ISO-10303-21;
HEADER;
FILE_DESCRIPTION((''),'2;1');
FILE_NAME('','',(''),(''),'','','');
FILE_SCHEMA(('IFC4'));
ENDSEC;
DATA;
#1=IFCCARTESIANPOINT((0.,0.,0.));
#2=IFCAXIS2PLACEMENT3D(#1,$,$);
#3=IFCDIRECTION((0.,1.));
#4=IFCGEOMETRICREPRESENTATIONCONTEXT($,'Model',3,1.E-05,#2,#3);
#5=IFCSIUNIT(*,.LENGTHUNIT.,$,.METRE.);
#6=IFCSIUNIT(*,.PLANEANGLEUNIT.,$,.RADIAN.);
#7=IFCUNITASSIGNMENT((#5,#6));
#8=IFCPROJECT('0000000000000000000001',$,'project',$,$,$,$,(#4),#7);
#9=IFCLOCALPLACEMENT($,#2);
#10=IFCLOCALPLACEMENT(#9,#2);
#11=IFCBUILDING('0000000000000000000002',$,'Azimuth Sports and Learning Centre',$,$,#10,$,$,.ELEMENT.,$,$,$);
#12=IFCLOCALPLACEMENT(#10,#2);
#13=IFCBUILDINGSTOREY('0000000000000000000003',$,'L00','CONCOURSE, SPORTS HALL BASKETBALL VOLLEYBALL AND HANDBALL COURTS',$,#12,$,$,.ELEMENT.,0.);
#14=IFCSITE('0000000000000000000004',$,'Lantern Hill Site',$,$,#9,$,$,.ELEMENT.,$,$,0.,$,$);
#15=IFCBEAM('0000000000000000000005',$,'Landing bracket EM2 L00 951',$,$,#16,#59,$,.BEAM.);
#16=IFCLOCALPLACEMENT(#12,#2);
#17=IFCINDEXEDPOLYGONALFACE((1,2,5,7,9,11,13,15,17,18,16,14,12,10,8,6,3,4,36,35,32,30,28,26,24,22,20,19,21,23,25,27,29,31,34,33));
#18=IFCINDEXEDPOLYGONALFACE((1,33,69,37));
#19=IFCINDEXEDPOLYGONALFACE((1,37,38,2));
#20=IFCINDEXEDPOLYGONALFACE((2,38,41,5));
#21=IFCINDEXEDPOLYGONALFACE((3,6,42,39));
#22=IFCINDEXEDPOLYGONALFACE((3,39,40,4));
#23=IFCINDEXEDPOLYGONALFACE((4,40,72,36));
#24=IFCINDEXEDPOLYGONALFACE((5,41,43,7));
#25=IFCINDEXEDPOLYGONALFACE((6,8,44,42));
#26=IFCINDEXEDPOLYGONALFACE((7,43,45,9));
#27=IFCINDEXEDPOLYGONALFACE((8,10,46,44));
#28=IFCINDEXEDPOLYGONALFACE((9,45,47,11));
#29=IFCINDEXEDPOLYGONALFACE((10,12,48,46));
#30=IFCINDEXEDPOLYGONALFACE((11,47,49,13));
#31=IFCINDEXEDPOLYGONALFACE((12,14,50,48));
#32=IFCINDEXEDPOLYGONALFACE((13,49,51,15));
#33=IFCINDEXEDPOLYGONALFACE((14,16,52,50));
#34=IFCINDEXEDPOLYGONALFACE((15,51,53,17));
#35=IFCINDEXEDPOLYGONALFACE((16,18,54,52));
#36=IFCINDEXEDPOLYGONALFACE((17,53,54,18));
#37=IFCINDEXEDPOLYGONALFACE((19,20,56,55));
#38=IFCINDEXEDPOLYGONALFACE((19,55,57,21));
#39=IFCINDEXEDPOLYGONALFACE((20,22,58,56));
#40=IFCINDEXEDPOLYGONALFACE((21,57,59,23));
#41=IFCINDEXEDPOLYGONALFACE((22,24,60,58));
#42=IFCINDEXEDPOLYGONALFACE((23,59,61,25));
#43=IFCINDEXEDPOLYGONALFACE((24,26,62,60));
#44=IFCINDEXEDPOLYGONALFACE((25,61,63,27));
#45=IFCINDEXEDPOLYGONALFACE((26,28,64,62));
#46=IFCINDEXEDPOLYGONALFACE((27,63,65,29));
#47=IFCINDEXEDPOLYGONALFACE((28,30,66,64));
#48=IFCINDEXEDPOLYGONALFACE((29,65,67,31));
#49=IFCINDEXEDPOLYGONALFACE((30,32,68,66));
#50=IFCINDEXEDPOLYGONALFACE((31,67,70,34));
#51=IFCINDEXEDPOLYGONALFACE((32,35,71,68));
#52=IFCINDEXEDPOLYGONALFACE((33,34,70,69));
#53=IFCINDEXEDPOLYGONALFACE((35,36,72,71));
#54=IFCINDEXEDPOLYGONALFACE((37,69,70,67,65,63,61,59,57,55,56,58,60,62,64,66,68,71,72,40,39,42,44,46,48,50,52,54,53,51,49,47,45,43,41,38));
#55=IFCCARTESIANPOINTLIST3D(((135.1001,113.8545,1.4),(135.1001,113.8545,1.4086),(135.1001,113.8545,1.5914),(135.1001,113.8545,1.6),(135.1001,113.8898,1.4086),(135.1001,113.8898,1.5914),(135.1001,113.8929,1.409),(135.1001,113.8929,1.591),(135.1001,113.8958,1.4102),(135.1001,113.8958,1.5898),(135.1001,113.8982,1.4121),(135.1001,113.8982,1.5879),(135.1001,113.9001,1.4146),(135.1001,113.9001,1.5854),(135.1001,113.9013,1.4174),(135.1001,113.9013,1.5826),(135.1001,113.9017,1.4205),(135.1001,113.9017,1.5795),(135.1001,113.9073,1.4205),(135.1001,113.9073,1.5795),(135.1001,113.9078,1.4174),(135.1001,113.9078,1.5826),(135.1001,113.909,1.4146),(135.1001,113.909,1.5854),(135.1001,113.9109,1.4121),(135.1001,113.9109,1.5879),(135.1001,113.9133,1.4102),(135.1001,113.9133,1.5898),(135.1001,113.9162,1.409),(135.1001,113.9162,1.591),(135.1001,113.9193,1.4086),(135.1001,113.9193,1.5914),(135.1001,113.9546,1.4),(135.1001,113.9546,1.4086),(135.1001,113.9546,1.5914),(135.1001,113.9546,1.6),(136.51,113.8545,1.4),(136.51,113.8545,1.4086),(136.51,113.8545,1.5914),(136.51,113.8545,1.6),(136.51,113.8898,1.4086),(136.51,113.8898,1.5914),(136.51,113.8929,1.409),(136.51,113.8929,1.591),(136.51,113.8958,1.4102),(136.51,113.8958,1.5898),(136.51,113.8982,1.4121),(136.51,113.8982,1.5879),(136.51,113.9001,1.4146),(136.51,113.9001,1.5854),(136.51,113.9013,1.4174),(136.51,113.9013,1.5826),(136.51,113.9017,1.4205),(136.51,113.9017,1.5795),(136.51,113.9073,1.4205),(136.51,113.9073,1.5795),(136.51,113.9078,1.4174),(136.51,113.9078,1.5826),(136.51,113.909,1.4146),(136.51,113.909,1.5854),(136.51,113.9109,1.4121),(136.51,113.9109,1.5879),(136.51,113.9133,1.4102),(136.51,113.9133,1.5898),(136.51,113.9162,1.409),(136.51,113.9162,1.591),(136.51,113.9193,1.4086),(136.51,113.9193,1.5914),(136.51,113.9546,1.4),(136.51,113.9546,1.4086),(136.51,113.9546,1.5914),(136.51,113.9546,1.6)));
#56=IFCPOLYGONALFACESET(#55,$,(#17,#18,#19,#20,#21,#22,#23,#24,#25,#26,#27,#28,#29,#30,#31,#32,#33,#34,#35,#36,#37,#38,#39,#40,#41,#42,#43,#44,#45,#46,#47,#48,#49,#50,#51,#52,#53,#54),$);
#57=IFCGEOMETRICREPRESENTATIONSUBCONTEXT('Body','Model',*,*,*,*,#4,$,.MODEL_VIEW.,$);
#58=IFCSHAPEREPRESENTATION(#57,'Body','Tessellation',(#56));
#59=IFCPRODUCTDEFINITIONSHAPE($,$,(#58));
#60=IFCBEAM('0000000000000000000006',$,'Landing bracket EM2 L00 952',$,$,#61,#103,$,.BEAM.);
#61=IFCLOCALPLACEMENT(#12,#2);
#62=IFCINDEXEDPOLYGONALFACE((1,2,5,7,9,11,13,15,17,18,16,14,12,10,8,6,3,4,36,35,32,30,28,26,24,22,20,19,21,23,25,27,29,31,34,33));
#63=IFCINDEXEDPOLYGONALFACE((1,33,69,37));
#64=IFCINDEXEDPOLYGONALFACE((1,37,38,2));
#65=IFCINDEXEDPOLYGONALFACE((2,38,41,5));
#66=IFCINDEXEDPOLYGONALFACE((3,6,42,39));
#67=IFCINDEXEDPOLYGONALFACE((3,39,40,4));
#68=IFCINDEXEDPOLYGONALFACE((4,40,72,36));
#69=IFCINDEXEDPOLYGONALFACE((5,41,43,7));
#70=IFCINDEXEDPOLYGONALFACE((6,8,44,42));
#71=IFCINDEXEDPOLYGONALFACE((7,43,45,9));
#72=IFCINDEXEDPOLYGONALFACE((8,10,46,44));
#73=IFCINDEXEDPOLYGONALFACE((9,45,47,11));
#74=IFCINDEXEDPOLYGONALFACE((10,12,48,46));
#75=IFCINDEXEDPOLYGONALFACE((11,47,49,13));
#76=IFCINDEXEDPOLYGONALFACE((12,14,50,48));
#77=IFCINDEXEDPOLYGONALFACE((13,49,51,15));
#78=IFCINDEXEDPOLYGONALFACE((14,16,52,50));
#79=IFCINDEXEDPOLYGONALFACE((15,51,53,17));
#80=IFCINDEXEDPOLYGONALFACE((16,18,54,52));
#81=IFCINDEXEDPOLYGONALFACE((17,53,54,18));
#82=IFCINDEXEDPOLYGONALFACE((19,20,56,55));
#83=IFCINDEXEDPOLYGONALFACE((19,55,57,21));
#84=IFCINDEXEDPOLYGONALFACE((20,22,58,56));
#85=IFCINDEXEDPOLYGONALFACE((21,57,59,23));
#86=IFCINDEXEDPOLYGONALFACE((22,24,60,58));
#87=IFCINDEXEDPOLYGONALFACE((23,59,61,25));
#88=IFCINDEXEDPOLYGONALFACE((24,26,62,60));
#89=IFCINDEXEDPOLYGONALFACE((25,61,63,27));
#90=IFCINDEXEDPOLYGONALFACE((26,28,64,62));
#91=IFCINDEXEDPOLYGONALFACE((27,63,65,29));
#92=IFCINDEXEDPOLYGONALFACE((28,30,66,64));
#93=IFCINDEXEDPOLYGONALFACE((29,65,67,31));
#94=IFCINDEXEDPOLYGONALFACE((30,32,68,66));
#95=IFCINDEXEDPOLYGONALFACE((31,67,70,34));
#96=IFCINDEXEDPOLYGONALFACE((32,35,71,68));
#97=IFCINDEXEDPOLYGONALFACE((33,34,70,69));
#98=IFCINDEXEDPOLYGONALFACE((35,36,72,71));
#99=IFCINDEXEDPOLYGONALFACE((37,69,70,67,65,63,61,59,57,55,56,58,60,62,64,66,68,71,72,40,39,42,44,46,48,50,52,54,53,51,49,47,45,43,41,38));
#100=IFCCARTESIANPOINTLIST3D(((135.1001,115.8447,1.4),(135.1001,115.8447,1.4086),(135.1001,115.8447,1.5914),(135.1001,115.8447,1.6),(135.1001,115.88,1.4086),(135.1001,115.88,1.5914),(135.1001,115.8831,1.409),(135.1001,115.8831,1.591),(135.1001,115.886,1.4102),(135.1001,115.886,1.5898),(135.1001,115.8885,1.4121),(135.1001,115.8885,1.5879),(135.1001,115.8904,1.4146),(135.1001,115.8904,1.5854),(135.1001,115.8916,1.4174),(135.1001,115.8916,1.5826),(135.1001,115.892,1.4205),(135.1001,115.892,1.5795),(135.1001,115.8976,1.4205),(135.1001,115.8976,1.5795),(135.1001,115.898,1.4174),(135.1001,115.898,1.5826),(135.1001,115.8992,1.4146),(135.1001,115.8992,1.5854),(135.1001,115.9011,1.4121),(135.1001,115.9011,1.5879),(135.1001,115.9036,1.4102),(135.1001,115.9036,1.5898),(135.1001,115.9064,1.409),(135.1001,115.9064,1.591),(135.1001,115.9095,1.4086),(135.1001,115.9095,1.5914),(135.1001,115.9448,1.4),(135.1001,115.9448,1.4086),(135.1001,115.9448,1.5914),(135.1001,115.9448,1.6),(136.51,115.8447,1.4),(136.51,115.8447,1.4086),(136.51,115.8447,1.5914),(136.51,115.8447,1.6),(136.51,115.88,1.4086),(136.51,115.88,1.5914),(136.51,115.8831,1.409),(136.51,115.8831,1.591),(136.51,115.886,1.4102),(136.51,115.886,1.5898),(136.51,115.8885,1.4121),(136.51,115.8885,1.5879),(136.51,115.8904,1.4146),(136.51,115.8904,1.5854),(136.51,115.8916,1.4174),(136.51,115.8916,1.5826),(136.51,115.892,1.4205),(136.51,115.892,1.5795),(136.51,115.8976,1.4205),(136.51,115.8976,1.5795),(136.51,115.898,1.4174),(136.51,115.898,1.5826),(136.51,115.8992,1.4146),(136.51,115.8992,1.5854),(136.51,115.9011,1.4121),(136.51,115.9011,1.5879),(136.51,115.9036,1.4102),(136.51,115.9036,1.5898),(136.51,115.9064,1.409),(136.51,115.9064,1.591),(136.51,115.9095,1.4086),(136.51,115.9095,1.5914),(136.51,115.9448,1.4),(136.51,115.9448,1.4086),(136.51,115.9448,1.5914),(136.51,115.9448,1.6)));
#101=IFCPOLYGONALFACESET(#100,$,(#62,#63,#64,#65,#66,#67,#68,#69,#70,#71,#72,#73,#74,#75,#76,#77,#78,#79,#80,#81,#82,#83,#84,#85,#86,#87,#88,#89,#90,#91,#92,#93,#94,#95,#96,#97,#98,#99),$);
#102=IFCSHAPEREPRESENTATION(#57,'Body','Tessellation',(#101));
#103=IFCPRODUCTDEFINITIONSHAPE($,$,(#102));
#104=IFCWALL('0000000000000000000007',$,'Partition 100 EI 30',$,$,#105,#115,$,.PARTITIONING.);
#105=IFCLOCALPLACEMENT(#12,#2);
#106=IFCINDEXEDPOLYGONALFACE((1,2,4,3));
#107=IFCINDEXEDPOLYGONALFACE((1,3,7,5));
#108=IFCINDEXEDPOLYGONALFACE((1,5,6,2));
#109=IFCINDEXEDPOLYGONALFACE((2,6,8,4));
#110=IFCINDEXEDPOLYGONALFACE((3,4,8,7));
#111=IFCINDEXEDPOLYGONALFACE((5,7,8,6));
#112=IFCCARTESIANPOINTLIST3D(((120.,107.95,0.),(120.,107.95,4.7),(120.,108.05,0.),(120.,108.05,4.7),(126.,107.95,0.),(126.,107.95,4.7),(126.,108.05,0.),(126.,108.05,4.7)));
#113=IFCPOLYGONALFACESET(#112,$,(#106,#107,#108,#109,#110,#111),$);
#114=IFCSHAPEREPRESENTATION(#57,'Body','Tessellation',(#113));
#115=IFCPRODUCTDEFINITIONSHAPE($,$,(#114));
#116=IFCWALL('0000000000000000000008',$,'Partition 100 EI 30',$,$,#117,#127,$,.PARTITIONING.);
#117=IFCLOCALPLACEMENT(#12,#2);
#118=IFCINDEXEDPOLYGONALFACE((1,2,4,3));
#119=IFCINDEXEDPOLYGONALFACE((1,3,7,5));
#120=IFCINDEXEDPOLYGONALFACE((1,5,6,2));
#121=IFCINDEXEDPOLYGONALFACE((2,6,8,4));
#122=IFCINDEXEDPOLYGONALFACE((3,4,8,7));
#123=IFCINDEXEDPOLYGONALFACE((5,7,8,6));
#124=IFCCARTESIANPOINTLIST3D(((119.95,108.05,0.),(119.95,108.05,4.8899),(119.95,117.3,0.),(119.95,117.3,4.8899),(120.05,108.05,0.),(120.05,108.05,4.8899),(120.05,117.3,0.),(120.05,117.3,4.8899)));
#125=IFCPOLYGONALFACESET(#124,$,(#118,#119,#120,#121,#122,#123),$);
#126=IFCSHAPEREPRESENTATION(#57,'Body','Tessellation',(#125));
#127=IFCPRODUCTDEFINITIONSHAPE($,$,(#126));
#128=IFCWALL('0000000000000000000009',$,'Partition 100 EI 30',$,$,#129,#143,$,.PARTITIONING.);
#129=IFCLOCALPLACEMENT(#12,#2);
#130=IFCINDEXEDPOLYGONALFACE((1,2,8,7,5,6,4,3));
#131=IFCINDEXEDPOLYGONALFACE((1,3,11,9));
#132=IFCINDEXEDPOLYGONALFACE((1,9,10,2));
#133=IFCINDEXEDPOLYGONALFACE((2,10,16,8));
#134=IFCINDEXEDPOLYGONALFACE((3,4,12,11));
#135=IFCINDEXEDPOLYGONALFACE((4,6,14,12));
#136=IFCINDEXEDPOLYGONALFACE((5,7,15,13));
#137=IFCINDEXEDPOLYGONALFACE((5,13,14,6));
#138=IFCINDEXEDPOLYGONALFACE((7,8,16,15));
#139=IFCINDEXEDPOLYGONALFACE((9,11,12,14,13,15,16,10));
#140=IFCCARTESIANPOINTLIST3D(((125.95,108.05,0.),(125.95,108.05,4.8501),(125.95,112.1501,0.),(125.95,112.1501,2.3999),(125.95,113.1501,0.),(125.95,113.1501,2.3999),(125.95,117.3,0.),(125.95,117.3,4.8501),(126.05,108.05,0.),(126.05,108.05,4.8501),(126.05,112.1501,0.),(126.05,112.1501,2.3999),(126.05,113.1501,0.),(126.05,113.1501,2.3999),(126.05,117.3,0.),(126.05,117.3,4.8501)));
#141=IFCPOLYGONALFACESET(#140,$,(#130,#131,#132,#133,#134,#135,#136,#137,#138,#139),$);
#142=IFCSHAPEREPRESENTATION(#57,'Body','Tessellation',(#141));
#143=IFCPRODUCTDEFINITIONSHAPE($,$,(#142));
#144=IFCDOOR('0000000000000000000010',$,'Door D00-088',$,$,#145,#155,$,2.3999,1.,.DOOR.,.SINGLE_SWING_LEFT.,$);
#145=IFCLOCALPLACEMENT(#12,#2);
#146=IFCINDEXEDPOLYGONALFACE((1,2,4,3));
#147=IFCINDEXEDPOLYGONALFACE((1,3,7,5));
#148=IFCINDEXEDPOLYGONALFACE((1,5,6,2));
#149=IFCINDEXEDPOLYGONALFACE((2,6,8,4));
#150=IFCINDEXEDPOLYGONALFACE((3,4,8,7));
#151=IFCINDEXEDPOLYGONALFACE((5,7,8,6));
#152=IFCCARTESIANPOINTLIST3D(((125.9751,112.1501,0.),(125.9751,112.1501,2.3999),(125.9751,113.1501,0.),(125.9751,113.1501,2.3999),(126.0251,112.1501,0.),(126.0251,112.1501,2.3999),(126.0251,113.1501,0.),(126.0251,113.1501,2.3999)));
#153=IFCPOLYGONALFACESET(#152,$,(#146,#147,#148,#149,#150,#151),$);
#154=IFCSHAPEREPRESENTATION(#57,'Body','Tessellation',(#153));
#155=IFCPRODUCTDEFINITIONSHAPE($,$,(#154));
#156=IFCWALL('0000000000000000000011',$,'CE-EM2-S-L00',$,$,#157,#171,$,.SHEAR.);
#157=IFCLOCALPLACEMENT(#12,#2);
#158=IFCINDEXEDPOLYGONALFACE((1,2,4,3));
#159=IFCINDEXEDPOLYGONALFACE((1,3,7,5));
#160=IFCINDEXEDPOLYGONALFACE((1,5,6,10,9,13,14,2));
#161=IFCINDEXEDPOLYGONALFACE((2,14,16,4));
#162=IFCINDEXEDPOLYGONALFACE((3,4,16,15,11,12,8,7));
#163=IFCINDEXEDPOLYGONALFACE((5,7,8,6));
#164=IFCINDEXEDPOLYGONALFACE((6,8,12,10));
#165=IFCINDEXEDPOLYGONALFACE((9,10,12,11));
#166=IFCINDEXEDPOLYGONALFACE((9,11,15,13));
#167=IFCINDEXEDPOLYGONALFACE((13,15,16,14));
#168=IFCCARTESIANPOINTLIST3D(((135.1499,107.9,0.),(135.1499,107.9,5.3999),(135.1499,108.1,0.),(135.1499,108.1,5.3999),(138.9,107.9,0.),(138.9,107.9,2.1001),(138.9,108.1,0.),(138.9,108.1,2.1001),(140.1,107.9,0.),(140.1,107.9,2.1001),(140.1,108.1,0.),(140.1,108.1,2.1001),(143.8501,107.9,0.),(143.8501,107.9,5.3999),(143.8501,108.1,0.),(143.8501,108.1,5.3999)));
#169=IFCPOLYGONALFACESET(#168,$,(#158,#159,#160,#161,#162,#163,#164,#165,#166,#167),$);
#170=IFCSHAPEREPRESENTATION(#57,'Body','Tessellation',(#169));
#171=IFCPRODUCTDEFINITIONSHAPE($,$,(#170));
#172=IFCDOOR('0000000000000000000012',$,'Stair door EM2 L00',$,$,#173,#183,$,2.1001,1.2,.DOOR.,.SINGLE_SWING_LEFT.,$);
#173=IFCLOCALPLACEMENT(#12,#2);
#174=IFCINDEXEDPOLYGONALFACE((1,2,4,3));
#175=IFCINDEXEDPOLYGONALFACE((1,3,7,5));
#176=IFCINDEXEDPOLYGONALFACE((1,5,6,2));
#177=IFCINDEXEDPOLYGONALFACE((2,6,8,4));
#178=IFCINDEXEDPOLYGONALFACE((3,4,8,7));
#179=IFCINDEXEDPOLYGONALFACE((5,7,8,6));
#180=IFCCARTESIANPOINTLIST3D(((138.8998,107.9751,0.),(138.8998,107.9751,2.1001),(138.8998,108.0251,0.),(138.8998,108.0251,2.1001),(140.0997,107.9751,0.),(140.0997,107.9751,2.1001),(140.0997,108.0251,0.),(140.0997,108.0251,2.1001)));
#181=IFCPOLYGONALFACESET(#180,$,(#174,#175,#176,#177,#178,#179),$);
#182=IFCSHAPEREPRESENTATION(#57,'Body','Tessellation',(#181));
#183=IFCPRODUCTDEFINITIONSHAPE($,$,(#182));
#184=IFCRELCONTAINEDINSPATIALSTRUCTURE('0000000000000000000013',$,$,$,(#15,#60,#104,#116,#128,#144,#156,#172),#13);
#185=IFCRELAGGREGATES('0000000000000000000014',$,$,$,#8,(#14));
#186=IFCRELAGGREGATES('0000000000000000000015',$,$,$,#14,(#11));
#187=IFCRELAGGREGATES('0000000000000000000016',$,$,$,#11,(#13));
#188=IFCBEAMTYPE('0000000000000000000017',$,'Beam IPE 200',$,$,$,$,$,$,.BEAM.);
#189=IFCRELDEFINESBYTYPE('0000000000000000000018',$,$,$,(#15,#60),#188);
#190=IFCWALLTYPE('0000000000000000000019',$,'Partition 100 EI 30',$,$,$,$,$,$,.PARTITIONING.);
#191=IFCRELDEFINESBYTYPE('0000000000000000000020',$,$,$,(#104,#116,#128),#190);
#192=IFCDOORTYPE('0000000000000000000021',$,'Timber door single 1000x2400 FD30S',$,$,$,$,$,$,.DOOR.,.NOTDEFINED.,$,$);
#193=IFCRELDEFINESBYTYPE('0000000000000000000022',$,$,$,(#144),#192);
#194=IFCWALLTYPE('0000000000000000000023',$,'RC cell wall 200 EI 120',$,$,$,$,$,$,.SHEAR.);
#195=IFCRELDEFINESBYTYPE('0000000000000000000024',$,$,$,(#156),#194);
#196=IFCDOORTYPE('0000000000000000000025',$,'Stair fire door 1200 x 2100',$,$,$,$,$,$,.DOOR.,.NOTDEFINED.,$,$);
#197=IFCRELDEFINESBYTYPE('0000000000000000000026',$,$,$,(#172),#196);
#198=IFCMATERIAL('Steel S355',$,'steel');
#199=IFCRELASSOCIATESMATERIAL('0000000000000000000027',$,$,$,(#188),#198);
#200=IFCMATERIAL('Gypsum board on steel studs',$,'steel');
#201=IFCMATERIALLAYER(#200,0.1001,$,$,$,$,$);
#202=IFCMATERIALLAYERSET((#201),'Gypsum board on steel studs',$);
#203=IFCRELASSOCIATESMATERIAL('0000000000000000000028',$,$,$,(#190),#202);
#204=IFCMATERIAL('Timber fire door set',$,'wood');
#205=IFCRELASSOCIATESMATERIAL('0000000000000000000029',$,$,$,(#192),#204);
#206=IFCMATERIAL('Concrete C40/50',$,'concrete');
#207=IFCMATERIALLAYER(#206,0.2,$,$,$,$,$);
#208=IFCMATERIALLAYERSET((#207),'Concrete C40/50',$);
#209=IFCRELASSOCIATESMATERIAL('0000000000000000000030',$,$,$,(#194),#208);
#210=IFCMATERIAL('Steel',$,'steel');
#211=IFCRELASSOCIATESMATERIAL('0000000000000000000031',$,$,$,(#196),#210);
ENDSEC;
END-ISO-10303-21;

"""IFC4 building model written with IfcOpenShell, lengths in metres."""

from ifc_helpers import new_model, si_unit, direction, frame, frame_2d, origin, origin_2d, place, context, subcontext, project, spatial, rectangle, i_section, extrude, material, layer, layer_set, material_profile, profile_set, type_object, element, fill, save


model = new_model("IFC4")

# Units and contexts
model_context = context("Model", 3, precision=1e-05, world=origin(), true_north=direction((0.0, 1.0)))
body_context = subcontext(model_context, "Body", "Model", "MODEL_VIEW")
ifc_project = project(units=[si_unit("LENGTHUNIT", "METRE"), si_unit("PLANEANGLEUNIT", "RADIAN")], contexts=[model_context])

# Site, building, storey
site_placement = place(None, origin())
site = spatial("IfcSite", under=ifc_project, at=site_placement, Name="Lantern Hill Site", CompositionType="ELEMENT", RefElevation=0.0)
building_placement = place(site_placement, origin())
building = spatial("IfcBuilding", under=site, at=building_placement, Name="Azimuth Sports and Learning Centre", CompositionType="ELEMENT")
storey_placement = place(building_placement, origin())
storey = spatial("IfcBuildingStorey", under=building, at=storey_placement, Name="L00", Description="CONCOURSE, SPORTS HALL BASKETBALL VOLLEYBALL AND HANDBALL COURTS", CompositionType="ELEMENT", Elevation=0.0)

# Beams
ifc_material_1 = material(Name="Steel S355", Category="steel")
ifc_material_profile_1 = material_profile(ifc_material_1, i_section(OverallWidth=0.1001, OverallDepth=0.2, WebThickness=0.0056, FlangeThickness=0.0085, FilletRadius=0.012, at=origin_2d()), Name="IPE 200")
ifc_profile_set_1 = profile_set([ifc_material_profile_1], Name="Steel S355")
beam_type = type_object("IfcBeamType", Name="Beam IPE 200", PredefinedType="BEAM", material=ifc_profile_set_1)
for number, where, z_axis, x_axis, name in (
    (1, (135.1001, 113.9045, 1.5), (1.0, 0.0, 0.0), (0.0, 1.0, 0.0), "Landing bracket EM2 L00 951"),
    (2, (135.1001, 115.8948, 1.5), (1.0, 0.0, 0.0), (0.0, 1.0, 0.0), "Landing bracket EM2 L00 952"),
):
    element("IfcBeam", number, at=place(storey_placement, frame(where, z_axis=z_axis, x_axis=x_axis)), inside=storey, type_object=beam_type, Name=name, PredefinedType="BEAM", context=body_context, shape_type="SweptSolid", body=[
        extrude(i_section(OverallWidth=0.1001, OverallDepth=0.2, WebThickness=0.0056, FlangeThickness=0.0085, FilletRadius=0.012, at=origin_2d()), origin(), (0.0, 0.0, 1.0), 1.4099),
    ])

# Walls
ifc_material_2 = material(Name="Gypsum board on steel studs", Category="steel")
ifc_layer_1 = layer(ifc_material_2, 0.1001)
ifc_layer_set_1 = layer_set([ifc_layer_1], Name="Gypsum board on steel studs")
wall_type_1 = type_object("IfcWallType", Name="Partition 100 EI 30", PredefinedType="PARTITIONING", material=ifc_layer_set_1)
wall_1_placement = place(storey_placement, frame((120.0, 108.0, 0.0), z_axis=(0.0, 0.0, 1.0), x_axis=(1.0, 0.0, 0.0)))
element("IfcWall", 3, at=wall_1_placement, inside=storey, type_object=wall_type_1, Name="Partition 100 EI 30", PredefinedType="PARTITIONING", context=body_context, shape_type="SweptSolid", body=[
    extrude(rectangle(XDim=6.0, YDim=0.1001, at=frame_2d((3.0, 0.0))), origin(), (0.0, 0.0, 1.0), 4.7),
])
wall_2_placement = place(storey_placement, frame((120.0, 108.05, 0.0), z_axis=(0.0, 0.0, 1.0), x_axis=(0.0, 1.0, 0.0)))
element("IfcWall", 4, at=wall_2_placement, inside=storey, type_object=wall_type_1, Name="Partition 100 EI 30", PredefinedType="PARTITIONING", context=body_context, shape_type="SweptSolid", body=[
    extrude(rectangle(XDim=9.25, YDim=0.1001, at=frame_2d((4.625, 0.0))), origin(), (0.0, 0.0, 1.0), 4.8899),
])

# Walls, openings, doors
wall_3_placement = place(storey_placement, frame((126.0, 108.05, 0.0), z_axis=(0.0, 0.0, 1.0), x_axis=(0.0, 1.0, 0.0)))
wall_3 = element("IfcWall", 5, at=wall_3_placement, inside=storey, type_object=wall_type_1, Name="Partition 100 EI 30", PredefinedType="PARTITIONING", context=body_context, shape_type="SweptSolid", body=[
    extrude(rectangle(XDim=9.25, YDim=0.1001, at=frame_2d((4.625, 0.0))), origin(), (0.0, 0.0, 1.0), 4.8501),
])
opening_1_placement = place(wall_3_placement, frame((4.1001, 0.0, 0.0)))
opening_1 = element("IfcOpeningElement", 6, at=opening_1_placement, cuts=wall_3, PredefinedType="OPENING", context=body_context, shape_type="SweptSolid", body=[
    extrude(rectangle(XDim=1.0, YDim=2.3999, at=frame_2d((0.5, 1.2))), frame((0.0, 0.061, 0.0), z_axis=(0.0, -1.0, 0.0), x_axis=(1.0, 0.0, 0.0)), (0.0, 0.0, 1.0), 0.1221),
])
ifc_material_3 = material(Name="Timber fire door set", Category="wood")
door_type_1 = type_object("IfcDoorType", Name="Timber door single 1000x2400 FD30S", OperationType="NOTDEFINED", PredefinedType="DOOR", material=ifc_material_3)
door_1_placement = place(opening_1_placement, origin())
door_1 = element("IfcDoor", 7, at=door_1_placement, inside=storey, type_object=door_type_1, Name="Door D00-088", OperationType="SINGLE_SWING_LEFT", OverallHeight=2.3999, OverallWidth=1.0, PredefinedType="DOOR", context=body_context, shape_type="SweptSolid", body=[
    extrude(rectangle(XDim=1.0, YDim=2.3999, at=frame_2d((0.5, 1.2))), frame((0.0, 0.0249, 0.0), z_axis=(0.0, -1.0, 0.0), x_axis=(1.0, 0.0, 0.0)), (0.0, 0.0, 1.0), 0.05),
])
fill(opening_1, door_1)
ifc_material_4 = material(Name="Concrete C40/50", Category="concrete")
ifc_layer_2 = layer(ifc_material_4, 0.2)
ifc_layer_set_2 = layer_set([ifc_layer_2], Name="Concrete C40/50")
wall_type_2 = type_object("IfcWallType", Name="RC cell wall 200 EI 120", PredefinedType="SHEAR", material=ifc_layer_set_2)
wall_4_placement = place(storey_placement, frame((135.1499, 108.0, 0.0), z_axis=(0.0, 0.0, 1.0), x_axis=(1.0, 0.0, 0.0)))
wall_4 = element("IfcWall", 8, at=wall_4_placement, inside=storey, type_object=wall_type_2, Name="CE-EM2-S-L00", PredefinedType="SHEAR", context=body_context, shape_type="SweptSolid", body=[
    extrude(rectangle(XDim=8.7002, YDim=0.2, at=frame_2d((4.3501, 0.0))), origin(), (0.0, 0.0, 1.0), 5.3999),
])
opening_2_placement = place(wall_4_placement, frame((3.75, 0.0, 0.0)))
opening_2 = element("IfcOpeningElement", 9, at=opening_2_placement, cuts=wall_4, PredefinedType="OPENING", context=body_context, shape_type="SweptSolid", body=[
    extrude(rectangle(XDim=1.2, YDim=2.1001, at=frame_2d((0.6001, 1.05))), frame((0.0, 0.1108, 0.0), z_axis=(0.0, -1.0, 0.0), x_axis=(1.0, 0.0, 0.0)), (0.0, 0.0, 1.0), 0.2219),
])
ifc_material_5 = material(Name="Steel", Category="steel")
door_type_2 = type_object("IfcDoorType", Name="Stair fire door 1200 x 2100", OperationType="NOTDEFINED", PredefinedType="DOOR", material=ifc_material_5)
door_2_placement = place(opening_2_placement, frame((1.2, 0.0, 0.0), z_axis=(0.0, 0.0, 1.0), x_axis=(-1.0, 0.0, 0.0)))
door_2 = element("IfcDoor", 10, at=door_2_placement, inside=storey, type_object=door_type_2, Name="Stair door EM2 L00", OperationType="SINGLE_SWING_LEFT", OverallHeight=2.1001, OverallWidth=1.2, PredefinedType="DOOR", context=body_context, shape_type="SweptSolid", body=[
    extrude(rectangle(XDim=1.2, YDim=2.1001, at=frame_2d((0.6001, 1.05))), frame((0.0, 0.0249, 0.0), z_axis=(0.0, -1.0, 0.0), x_axis=(1.0, 0.0, 0.0)), (0.0, 0.0, 1.0), 0.05),
])
fill(opening_2, door_2)

save(model, "model.ifc")
